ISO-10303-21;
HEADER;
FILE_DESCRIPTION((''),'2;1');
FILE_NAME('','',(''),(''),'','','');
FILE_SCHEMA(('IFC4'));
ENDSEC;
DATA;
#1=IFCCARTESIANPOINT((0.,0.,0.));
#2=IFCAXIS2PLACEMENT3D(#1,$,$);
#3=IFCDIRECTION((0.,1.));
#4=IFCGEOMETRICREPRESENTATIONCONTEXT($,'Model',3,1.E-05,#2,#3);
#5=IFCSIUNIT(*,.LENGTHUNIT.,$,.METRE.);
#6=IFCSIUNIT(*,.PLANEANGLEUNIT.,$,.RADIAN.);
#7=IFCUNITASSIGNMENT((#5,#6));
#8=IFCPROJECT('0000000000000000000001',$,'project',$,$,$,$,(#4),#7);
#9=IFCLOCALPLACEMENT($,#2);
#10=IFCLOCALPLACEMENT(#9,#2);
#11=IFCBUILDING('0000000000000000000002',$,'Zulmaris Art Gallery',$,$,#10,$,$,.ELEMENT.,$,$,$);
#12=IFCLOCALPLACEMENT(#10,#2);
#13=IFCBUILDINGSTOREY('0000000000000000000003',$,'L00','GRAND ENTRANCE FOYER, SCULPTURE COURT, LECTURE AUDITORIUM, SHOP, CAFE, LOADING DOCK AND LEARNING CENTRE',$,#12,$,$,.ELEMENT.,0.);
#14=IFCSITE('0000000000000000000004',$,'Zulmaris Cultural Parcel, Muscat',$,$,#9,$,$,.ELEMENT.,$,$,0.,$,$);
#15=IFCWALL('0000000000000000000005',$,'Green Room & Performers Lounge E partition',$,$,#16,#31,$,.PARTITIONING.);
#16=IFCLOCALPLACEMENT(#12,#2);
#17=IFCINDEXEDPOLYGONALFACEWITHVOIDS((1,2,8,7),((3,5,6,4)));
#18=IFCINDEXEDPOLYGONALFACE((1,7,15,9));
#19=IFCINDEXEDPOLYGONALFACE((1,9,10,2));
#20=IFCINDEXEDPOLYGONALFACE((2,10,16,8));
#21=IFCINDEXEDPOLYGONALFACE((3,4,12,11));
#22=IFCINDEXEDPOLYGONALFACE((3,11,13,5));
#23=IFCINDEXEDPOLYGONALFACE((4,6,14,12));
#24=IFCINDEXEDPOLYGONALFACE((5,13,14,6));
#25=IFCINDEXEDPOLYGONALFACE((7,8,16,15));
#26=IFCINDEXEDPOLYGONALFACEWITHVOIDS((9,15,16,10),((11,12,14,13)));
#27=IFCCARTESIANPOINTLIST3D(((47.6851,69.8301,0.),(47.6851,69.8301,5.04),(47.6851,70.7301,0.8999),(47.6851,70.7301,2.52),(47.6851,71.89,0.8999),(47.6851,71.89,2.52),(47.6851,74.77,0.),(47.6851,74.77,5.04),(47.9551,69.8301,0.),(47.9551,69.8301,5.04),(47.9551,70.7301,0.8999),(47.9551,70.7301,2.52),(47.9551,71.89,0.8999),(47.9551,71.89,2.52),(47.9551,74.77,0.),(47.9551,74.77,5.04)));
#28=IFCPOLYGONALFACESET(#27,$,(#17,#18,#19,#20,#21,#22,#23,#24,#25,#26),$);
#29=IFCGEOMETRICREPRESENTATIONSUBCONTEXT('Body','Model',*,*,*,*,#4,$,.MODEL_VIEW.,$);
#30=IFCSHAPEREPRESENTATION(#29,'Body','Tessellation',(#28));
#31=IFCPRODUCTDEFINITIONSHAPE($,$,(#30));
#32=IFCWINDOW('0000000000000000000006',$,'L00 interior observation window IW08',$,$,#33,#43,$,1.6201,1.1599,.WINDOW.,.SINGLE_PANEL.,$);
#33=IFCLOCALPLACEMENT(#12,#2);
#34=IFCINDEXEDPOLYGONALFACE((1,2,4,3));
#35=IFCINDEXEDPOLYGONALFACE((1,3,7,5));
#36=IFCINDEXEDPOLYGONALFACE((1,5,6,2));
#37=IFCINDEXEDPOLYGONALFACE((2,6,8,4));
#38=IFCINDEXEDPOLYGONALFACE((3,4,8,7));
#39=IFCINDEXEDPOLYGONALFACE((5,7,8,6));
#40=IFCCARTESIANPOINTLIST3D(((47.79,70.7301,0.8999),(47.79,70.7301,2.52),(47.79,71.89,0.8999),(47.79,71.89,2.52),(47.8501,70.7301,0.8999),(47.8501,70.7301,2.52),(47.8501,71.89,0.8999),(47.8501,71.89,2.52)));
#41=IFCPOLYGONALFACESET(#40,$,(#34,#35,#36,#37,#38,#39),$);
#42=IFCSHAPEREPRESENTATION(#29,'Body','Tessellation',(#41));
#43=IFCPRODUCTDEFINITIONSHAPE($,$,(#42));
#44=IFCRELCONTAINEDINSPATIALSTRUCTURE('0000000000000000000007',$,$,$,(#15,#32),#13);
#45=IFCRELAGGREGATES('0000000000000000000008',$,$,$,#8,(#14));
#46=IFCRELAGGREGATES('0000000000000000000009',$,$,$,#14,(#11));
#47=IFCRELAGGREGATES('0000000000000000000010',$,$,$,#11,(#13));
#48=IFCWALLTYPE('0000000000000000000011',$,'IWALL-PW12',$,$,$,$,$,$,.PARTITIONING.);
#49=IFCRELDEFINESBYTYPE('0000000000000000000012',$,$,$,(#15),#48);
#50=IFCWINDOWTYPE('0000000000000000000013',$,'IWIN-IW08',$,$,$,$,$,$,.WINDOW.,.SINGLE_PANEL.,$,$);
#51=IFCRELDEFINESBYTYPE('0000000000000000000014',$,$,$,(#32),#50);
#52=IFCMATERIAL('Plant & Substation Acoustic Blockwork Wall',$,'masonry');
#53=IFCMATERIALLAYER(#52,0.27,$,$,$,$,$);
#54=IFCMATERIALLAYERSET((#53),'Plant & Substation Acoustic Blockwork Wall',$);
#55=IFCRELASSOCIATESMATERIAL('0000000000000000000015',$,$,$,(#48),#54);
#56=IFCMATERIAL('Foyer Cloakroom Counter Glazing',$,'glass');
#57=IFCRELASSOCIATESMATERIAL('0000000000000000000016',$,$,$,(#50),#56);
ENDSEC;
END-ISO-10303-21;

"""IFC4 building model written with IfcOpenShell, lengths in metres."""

from ifc_helpers import new_model, si_unit, direction, frame, frame_2d, origin, place, context, subcontext, project, spatial, rectangle, extrude, material, layer, layer_set, type_object, element, fill, save


model = new_model("IFC4")

# Units and contexts
model_context = context("Model", 3, precision=1e-05, world=origin(), true_north=direction((0.0, 1.0)))
body_context = subcontext(model_context, "Body", "Model", "MODEL_VIEW")
ifc_project = project(units=[si_unit("LENGTHUNIT", "METRE"), si_unit("PLANEANGLEUNIT", "RADIAN")], contexts=[model_context])

# Site, building, storey
site_placement = place(None, origin())
site = spatial("IfcSite", under=ifc_project, at=site_placement, Name="Zulmaris Cultural Parcel, Muscat", CompositionType="ELEMENT", RefElevation=0.0)
building_placement = place(site_placement, origin())
building = spatial("IfcBuilding", under=site, at=building_placement, Name="Zulmaris Art Gallery", CompositionType="ELEMENT")
storey_placement = place(building_placement, origin())
storey = spatial("IfcBuildingStorey", under=building, at=storey_placement, Name="L00", Description="GRAND ENTRANCE FOYER, SCULPTURE COURT, LECTURE AUDITORIUM, SHOP, CAFE, LOADING DOCK AND LEARNING CENTRE", CompositionType="ELEMENT", Elevation=0.0)

# Wall, opening, window
ifc_material_1 = material(Name="Plant & Substation Acoustic Blockwork Wall", Category="masonry")
ifc_layer_1 = layer(ifc_material_1, 0.27)
ifc_layer_set_1 = layer_set([ifc_layer_1], Name="Plant & Substation Acoustic Blockwork Wall")
wall_type_1 = type_object("IfcWallType", Name="IWALL-PW12", PredefinedType="PARTITIONING", material=ifc_layer_set_1)
wall_1_placement = place(storey_placement, frame((47.8201, 69.8301, 0.0), z_axis=(0.0, 0.0, 1.0), x_axis=(0.0, 1.0, 0.0)))
wall_1 = element("IfcWall", 1, at=wall_1_placement, inside=storey, type_object=wall_type_1, Name="Green Room & Performers Lounge E partition", PredefinedType="PARTITIONING", context=body_context, shape_type="SweptSolid", body=[
    extrude(rectangle(XDim=4.9399, YDim=0.27, at=frame_2d((2.47, 0.0))), origin(), (0.0, 0.0, 1.0), 5.04),
])
opening_1_placement = place(wall_1_placement, frame((0.8999, 0.0, 0.8999)))
opening_1 = element("IfcOpeningElement", 2, at=opening_1_placement, cuts=wall_1, PredefinedType="OPENING", context=body_context, shape_type="SweptSolid", body=[
    extrude(rectangle(XDim=1.1599, YDim=1.6201, at=frame_2d((0.5801, 0.8101))), frame((0.0, 0.145, 0.0), z_axis=(0.0, -1.0, 0.0), x_axis=(1.0, 0.0, 0.0)), (0.0, 0.0, 1.0), 0.29),
])
ifc_material_2 = material(Name="Foyer Cloakroom Counter Glazing", Category="glass")
window_type_1 = type_object("IfcWindowType", Name="IWIN-IW08", PartitioningType="SINGLE_PANEL", PredefinedType="WINDOW", material=ifc_material_2)
window_1_placement = place(opening_1_placement, origin())
window_1 = element("IfcWindow", 3, at=window_1_placement, inside=storey, type_object=window_type_1, Name="L00 interior observation window IW08", OverallHeight=1.6201, OverallWidth=1.1599, PartitioningType="SINGLE_PANEL", PredefinedType="WINDOW", context=body_context, shape_type="SweptSolid", body=[
    extrude(rectangle(XDim=1.1599, YDim=1.6201, at=frame_2d((0.5801, 0.8101))), frame((0.0, 0.03, 0.0), z_axis=(0.0, -1.0, 0.0), x_axis=(1.0, 0.0, 0.0)), (0.0, 0.0, 1.0), 0.0601),
])
fill(opening_1, window_1)

save(model, "model.ifc")
